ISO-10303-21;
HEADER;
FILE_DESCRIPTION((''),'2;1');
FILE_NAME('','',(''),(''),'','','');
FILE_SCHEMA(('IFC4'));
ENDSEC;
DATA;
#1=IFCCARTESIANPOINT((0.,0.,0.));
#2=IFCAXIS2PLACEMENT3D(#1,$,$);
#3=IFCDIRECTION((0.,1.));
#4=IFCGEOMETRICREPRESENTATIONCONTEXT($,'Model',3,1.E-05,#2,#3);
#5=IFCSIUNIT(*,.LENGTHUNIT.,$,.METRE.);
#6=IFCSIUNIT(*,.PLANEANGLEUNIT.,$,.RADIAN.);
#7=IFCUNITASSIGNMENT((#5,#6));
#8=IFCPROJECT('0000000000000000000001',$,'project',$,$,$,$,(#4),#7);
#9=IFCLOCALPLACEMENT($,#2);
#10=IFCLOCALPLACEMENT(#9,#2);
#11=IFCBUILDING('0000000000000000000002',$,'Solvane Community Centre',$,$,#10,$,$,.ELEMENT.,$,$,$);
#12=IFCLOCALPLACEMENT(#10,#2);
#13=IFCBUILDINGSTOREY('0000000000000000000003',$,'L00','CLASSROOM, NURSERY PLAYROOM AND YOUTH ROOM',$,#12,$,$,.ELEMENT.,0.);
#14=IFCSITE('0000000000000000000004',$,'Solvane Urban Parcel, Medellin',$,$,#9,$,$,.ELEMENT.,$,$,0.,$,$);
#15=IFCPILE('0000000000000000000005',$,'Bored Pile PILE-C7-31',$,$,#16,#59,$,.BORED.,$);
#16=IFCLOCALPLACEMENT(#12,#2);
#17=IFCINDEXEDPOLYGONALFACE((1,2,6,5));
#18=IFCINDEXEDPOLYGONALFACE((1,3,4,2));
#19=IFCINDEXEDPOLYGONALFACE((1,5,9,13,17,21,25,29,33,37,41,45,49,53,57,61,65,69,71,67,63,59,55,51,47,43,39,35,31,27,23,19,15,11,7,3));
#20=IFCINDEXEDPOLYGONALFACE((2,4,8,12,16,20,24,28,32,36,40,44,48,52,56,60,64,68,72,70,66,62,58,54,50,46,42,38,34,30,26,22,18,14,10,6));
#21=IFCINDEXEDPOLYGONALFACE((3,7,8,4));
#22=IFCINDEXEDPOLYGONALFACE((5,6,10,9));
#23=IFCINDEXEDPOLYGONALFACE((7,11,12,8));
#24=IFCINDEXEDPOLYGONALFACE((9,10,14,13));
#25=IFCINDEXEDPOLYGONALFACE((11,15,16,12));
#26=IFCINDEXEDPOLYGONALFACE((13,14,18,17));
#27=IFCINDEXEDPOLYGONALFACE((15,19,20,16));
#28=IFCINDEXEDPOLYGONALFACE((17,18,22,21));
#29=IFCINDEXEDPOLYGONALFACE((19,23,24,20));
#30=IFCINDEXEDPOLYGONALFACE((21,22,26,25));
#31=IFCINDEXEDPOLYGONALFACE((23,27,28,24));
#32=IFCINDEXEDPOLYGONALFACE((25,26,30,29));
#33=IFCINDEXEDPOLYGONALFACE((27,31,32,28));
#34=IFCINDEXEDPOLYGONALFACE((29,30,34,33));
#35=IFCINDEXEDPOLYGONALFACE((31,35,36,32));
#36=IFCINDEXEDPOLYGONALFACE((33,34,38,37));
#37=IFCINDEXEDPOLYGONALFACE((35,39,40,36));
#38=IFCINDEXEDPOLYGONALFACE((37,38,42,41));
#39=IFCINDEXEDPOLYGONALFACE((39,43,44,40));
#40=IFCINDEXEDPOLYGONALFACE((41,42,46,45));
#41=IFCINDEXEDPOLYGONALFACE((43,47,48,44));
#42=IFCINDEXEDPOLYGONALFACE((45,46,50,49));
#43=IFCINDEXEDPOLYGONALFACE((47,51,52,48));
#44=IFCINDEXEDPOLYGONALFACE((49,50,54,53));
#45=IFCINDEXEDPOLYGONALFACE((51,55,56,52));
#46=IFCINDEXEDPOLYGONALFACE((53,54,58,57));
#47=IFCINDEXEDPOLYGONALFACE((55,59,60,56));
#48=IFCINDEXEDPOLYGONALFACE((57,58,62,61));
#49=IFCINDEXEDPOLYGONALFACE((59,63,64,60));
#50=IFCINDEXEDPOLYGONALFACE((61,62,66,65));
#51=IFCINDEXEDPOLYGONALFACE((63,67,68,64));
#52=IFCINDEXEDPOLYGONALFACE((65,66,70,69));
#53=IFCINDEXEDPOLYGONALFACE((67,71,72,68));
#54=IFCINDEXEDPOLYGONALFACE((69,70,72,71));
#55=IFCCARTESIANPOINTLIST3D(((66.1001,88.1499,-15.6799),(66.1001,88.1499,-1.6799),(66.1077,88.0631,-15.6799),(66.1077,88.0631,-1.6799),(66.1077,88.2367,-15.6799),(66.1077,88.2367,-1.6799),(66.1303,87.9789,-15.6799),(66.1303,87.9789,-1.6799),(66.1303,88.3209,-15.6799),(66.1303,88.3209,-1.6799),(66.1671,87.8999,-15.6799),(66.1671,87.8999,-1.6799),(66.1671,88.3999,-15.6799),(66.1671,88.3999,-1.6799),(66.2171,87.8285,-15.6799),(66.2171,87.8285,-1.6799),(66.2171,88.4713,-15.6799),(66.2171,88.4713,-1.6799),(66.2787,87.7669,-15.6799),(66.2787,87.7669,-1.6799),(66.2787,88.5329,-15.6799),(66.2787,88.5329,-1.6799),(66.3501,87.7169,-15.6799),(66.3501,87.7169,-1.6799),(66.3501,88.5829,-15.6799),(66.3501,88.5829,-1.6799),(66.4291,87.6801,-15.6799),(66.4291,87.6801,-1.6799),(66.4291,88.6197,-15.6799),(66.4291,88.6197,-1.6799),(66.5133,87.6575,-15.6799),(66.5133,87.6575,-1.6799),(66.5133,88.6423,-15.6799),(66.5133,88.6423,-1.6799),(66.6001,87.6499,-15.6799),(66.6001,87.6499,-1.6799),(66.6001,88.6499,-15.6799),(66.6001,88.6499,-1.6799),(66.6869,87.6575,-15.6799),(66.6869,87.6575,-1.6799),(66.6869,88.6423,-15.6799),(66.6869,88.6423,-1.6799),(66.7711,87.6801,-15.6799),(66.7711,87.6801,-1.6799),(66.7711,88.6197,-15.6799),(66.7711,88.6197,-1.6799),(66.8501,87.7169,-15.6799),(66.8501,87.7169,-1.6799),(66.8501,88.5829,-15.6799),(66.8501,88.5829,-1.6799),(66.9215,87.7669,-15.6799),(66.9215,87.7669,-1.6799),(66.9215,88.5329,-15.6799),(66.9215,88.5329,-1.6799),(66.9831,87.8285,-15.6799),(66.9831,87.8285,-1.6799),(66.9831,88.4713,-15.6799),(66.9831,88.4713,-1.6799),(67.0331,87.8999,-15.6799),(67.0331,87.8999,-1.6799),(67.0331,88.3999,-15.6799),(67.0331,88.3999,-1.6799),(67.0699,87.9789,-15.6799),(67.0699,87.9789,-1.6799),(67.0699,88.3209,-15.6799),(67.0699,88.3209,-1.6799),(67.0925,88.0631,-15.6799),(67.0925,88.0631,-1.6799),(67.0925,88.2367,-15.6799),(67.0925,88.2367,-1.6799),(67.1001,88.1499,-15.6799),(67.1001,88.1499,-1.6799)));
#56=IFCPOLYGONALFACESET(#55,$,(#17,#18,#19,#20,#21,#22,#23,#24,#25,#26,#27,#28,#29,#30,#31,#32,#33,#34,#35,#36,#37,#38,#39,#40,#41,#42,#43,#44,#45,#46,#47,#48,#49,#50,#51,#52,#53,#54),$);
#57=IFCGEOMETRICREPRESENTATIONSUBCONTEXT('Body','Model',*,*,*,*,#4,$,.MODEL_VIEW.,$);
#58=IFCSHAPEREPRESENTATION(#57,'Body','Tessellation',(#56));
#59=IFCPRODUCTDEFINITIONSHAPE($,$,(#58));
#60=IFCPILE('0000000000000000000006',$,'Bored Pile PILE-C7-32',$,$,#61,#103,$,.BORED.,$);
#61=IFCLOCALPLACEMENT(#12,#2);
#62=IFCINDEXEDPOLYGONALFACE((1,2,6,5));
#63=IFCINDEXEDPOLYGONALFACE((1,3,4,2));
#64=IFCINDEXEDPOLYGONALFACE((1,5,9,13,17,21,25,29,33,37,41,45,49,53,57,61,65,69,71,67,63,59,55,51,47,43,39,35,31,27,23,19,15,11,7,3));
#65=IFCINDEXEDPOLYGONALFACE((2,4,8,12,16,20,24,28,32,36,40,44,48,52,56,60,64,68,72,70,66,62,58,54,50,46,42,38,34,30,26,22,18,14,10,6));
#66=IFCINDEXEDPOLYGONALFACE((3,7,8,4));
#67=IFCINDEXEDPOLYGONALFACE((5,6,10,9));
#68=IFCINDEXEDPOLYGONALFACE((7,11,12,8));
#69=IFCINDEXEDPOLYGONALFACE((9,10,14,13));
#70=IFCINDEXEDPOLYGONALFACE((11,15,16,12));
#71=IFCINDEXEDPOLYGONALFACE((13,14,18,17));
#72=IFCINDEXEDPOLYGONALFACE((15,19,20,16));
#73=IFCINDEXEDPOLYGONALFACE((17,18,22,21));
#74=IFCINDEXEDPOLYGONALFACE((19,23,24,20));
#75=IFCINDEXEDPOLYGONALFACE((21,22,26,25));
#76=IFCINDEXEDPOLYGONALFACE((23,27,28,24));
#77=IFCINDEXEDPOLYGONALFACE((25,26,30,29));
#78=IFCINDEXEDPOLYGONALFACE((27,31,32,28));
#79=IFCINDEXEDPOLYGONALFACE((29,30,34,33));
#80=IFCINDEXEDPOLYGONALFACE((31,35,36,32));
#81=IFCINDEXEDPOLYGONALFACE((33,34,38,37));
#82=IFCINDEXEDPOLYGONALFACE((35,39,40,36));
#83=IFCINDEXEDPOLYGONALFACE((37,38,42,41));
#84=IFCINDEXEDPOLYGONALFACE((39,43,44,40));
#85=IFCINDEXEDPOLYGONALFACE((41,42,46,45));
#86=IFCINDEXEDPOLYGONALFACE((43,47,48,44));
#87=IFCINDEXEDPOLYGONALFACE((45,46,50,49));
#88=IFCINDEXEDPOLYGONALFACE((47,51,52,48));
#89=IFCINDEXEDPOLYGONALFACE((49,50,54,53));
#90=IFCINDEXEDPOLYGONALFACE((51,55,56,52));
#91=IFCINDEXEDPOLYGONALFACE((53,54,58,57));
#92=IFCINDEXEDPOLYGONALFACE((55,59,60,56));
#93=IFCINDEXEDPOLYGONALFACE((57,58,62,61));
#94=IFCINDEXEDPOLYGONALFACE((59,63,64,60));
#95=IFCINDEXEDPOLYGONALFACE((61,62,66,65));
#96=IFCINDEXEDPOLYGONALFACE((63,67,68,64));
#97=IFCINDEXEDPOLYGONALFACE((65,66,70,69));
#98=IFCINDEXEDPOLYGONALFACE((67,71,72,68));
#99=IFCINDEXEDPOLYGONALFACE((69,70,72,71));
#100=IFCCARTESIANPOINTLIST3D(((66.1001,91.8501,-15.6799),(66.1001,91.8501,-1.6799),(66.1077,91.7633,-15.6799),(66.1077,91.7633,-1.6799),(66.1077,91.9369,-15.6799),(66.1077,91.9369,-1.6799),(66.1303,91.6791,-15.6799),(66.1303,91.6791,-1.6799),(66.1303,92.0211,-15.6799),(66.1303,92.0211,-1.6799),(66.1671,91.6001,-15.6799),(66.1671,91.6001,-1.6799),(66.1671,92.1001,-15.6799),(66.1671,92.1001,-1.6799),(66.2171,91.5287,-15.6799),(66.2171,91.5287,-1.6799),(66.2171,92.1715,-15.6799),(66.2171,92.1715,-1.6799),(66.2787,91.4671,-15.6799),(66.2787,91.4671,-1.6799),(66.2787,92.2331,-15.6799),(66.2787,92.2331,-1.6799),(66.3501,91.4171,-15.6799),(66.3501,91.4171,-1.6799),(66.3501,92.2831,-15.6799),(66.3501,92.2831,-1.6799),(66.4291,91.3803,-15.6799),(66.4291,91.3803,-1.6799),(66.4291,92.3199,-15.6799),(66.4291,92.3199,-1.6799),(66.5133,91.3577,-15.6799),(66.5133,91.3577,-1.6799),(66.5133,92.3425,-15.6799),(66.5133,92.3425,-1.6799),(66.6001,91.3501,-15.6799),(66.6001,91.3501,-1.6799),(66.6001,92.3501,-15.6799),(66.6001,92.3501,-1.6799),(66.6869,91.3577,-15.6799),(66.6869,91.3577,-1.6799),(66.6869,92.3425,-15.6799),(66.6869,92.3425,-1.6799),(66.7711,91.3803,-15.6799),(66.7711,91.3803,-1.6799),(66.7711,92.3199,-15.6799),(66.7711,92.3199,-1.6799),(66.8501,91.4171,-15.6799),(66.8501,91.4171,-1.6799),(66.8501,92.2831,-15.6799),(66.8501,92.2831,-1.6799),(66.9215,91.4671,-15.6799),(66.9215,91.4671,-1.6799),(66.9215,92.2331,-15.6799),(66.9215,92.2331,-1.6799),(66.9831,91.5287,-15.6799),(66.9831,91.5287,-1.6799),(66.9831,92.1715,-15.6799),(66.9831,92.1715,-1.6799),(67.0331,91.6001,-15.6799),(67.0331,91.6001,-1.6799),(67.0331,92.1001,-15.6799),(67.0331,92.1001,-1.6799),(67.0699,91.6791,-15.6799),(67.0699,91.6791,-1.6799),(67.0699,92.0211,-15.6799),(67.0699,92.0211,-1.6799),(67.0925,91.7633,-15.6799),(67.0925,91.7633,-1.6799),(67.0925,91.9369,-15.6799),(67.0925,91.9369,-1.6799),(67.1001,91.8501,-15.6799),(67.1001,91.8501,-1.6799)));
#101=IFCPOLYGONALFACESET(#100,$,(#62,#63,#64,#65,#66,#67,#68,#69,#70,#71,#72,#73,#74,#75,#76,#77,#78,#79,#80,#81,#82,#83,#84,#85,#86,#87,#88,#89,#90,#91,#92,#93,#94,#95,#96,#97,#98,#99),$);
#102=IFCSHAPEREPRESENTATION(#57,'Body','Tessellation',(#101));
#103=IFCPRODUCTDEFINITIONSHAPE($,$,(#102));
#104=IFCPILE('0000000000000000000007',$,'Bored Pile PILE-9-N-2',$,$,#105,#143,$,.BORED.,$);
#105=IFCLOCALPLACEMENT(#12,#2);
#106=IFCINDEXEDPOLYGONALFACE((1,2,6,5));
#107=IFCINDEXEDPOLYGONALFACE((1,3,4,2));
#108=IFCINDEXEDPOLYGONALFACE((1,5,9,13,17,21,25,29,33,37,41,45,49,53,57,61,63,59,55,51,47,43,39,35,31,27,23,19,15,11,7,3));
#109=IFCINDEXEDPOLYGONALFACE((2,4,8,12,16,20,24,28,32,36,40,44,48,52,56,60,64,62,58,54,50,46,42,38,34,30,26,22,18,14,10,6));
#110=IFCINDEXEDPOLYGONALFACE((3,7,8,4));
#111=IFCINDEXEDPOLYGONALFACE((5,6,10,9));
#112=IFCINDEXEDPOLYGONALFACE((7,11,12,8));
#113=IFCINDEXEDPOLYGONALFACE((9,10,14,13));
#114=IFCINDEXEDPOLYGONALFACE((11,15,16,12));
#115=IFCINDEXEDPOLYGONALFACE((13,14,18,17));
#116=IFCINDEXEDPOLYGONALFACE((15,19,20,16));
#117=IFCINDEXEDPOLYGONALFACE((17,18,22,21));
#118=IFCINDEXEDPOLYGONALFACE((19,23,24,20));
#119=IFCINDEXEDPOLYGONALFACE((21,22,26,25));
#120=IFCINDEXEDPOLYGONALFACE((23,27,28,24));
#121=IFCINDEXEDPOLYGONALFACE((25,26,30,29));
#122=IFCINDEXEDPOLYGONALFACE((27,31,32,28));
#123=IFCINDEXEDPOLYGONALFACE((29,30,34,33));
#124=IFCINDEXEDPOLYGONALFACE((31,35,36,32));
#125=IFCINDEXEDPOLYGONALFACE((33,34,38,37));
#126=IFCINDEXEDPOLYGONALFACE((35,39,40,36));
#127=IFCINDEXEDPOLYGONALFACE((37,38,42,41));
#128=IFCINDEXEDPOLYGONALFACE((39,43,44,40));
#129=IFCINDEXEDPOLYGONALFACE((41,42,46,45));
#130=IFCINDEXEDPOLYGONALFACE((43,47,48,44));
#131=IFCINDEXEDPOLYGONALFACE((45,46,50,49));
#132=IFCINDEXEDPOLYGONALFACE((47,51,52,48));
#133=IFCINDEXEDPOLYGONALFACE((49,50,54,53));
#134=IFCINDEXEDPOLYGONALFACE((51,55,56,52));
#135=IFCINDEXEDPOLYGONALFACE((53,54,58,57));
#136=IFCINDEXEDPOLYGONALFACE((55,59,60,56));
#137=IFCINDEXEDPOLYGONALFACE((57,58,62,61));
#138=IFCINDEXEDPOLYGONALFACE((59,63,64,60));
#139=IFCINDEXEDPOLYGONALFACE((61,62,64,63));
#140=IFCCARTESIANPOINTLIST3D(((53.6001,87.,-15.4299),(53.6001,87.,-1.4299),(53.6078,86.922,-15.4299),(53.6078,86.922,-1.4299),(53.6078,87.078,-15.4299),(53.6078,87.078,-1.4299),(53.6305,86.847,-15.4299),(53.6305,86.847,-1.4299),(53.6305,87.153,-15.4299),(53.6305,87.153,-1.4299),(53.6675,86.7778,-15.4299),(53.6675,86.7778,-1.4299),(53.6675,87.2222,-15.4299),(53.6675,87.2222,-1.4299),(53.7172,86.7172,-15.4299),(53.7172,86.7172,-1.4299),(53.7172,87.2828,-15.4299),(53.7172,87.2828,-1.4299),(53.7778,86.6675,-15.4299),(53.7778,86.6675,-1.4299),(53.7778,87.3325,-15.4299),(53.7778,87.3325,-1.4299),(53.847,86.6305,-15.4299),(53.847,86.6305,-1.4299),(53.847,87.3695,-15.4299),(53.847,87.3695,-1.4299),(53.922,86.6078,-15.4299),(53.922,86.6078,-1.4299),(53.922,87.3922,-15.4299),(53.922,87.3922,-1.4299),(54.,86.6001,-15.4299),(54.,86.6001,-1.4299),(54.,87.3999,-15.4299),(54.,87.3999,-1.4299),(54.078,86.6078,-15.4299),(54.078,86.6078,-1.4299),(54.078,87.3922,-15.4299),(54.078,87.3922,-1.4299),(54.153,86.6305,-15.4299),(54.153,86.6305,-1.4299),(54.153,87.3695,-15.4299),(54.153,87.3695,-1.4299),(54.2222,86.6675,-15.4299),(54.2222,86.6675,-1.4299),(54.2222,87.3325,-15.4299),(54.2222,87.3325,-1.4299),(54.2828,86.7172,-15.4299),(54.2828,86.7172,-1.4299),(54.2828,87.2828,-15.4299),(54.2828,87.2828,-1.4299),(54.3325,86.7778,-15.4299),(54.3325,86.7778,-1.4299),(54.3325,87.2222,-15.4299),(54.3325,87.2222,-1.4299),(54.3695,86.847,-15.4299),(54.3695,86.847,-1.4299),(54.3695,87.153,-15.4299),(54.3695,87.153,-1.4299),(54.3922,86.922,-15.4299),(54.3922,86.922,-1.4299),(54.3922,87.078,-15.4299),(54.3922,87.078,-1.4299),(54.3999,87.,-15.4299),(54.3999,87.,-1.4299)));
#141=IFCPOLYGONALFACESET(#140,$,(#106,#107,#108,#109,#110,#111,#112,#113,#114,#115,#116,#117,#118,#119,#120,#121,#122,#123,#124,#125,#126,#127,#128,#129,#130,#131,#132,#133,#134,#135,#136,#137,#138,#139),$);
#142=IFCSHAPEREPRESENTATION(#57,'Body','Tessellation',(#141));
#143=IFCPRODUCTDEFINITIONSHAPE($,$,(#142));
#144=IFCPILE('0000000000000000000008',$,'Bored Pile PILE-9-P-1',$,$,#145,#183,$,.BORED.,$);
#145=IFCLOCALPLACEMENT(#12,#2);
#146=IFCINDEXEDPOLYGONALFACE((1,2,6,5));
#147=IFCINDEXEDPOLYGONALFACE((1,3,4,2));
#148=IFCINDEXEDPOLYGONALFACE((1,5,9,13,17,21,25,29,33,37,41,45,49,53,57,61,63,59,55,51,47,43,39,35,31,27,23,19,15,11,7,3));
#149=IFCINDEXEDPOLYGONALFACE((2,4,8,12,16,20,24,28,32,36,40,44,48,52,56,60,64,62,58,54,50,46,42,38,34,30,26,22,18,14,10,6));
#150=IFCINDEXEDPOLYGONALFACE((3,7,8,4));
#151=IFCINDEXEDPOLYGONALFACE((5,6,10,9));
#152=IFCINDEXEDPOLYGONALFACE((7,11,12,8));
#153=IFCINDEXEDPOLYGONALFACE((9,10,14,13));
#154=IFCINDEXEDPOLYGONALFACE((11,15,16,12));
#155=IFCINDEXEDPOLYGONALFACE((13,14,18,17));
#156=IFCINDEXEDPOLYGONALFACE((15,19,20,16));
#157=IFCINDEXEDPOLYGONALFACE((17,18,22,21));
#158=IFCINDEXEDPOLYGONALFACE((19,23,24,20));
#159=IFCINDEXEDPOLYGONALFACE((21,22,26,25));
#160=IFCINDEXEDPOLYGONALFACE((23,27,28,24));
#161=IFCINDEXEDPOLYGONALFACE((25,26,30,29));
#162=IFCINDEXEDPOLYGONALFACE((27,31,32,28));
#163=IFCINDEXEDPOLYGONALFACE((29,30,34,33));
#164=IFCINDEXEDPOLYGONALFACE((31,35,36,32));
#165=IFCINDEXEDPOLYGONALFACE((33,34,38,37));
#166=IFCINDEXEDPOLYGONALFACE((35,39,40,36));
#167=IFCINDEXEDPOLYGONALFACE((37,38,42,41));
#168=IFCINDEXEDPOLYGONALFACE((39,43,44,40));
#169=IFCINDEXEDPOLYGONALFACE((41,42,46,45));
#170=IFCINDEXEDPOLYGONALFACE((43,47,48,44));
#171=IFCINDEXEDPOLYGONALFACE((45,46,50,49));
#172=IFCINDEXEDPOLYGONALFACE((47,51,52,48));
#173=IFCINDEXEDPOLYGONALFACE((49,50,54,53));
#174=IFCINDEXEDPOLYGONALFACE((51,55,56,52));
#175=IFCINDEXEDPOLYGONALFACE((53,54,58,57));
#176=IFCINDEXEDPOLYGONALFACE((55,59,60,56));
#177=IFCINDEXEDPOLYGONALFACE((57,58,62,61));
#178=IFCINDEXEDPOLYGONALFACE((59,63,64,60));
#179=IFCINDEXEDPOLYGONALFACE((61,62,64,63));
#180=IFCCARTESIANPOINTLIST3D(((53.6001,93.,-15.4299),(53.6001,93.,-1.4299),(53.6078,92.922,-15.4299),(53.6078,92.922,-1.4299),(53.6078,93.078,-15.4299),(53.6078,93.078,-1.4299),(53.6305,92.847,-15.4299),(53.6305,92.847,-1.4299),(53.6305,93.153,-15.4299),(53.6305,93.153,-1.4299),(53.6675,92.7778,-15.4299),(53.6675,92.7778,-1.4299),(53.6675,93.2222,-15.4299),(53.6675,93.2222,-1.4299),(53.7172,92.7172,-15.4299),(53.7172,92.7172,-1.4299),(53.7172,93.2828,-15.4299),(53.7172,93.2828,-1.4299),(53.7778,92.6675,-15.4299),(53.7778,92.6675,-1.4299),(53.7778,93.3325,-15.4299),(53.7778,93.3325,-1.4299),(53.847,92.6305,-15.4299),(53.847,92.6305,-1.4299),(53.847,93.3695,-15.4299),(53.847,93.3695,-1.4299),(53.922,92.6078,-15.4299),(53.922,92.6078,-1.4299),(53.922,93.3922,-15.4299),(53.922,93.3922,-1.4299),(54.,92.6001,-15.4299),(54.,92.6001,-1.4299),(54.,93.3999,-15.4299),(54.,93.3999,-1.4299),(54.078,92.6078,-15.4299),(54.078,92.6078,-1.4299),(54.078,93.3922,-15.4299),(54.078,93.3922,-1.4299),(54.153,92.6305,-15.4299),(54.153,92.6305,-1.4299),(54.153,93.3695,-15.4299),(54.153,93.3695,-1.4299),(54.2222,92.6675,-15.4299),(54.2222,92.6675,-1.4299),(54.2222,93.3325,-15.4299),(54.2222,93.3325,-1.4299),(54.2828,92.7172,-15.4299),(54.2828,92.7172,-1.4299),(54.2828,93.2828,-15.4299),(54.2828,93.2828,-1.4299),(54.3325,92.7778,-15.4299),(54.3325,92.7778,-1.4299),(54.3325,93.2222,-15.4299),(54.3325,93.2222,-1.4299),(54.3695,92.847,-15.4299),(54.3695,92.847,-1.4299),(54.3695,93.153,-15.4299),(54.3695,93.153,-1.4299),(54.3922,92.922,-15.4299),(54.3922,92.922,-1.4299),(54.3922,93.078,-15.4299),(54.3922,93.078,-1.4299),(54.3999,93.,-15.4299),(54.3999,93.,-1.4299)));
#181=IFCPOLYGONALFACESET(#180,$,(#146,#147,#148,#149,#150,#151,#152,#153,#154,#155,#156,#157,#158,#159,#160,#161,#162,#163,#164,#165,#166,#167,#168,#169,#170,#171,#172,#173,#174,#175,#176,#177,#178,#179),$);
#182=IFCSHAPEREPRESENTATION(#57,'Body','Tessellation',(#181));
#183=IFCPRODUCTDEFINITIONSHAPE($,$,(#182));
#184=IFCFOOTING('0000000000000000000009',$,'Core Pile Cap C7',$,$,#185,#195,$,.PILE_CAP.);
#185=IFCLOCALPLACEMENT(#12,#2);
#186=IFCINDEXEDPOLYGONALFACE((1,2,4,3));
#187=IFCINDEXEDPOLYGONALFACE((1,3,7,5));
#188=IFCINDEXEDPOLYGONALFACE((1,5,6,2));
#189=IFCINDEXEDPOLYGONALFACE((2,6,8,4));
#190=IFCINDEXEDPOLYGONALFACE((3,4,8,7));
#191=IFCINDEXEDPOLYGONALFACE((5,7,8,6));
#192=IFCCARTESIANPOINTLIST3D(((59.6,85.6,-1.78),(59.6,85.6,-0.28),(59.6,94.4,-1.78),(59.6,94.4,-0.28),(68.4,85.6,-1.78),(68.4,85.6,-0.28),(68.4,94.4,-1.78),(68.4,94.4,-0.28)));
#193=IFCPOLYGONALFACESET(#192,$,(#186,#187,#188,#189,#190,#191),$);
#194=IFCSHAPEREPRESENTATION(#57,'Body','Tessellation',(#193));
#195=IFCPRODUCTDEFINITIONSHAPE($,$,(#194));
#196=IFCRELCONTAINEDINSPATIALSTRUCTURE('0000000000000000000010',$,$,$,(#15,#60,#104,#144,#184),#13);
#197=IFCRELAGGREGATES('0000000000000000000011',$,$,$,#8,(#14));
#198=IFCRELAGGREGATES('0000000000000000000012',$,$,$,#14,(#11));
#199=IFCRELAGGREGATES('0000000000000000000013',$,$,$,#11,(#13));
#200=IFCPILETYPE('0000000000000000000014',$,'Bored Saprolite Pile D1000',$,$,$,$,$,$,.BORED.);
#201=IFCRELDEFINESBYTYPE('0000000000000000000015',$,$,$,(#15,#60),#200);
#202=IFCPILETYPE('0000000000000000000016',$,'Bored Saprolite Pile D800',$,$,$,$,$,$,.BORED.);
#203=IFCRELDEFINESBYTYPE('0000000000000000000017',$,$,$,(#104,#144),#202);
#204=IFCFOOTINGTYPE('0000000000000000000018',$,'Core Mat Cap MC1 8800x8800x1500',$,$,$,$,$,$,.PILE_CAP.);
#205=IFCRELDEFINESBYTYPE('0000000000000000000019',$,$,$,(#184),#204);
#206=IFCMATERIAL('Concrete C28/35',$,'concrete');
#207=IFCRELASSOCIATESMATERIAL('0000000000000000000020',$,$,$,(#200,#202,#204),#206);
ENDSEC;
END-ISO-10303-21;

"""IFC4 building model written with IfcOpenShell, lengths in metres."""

from ifc_helpers import new_model, si_unit, direction, frame, origin, origin_2d, place, context, subcontext, project, spatial, rectangle, circle, extrude, material, material_profile, profile_set, type_object, element, save


model = new_model("IFC4")

# Units and contexts
model_context = context("Model", 3, precision=1e-05, world=origin(), true_north=direction((0.0, 1.0)))
body_context = subcontext(model_context, "Body", "Model", "MODEL_VIEW")
ifc_project = project(units=[si_unit("LENGTHUNIT", "METRE"), si_unit("PLANEANGLEUNIT", "RADIAN")], contexts=[model_context])

# Site, building, storey
site_placement = place(None, origin())
site = spatial("IfcSite", under=ifc_project, at=site_placement, Name="Solvane Urban Parcel, Medellin", CompositionType="ELEMENT", RefElevation=0.0)
building_placement = place(site_placement, origin())
building = spatial("IfcBuilding", under=site, at=building_placement, Name="Solvane Community Centre", CompositionType="ELEMENT")
storey_placement = place(building_placement, origin())
storey = spatial("IfcBuildingStorey", under=building, at=storey_placement, Name="L00", Description="CLASSROOM, NURSERY PLAYROOM AND YOUTH ROOM", CompositionType="ELEMENT", Elevation=0.0)

# Piles
ifc_material_1 = material(Name="Concrete C28/35", Category="concrete")
ifc_material_profile_1 = material_profile(ifc_material_1, circle(Radius=0.5, at=origin_2d()), Name="PILE D1000")
ifc_profile_set_1 = profile_set([ifc_material_profile_1], Name="Concrete C28/35")
pile_type_1 = type_object("IfcPileType", Name="Bored Saprolite Pile D1000", PredefinedType="BORED", material=ifc_profile_set_1)
for number, where, z_axis, x_axis, name in (
    (1, (66.6001, 88.1499, -1.6799), (0.0, 0.0, -1.0), (1.0, 0.0, 0.0), "Bored Pile PILE-C7-31"),
    (2, (66.6001, 91.8501, -1.6799), (0.0, 0.0, -1.0), (1.0, 0.0, 0.0), "Bored Pile PILE-C7-32"),
):
    element("IfcPile", number, at=place(storey_placement, frame(where, z_axis=z_axis, x_axis=x_axis)), inside=storey, type_object=pile_type_1, Name=name, PredefinedType="BORED", context=body_context, shape_type="SweptSolid", body=[
        extrude(circle(Radius=0.5, at=origin_2d()), origin(), (0.0, 0.0, 1.0), 14.0),
    ])
ifc_material_profile_2 = material_profile(ifc_material_1, circle(Radius=0.3999, at=origin_2d()), Name="PILE D800")
ifc_profile_set_2 = profile_set([ifc_material_profile_2], Name="Concrete C28/35")
pile_type_2 = type_object("IfcPileType", Name="Bored Saprolite Pile D800", PredefinedType="BORED", material=ifc_profile_set_2)
for number, where, z_axis, x_axis, name in (
    (3, (54.0, 87.0, -1.4299), (0.0, 0.0, -1.0), (1.0, 0.0, 0.0), "Bored Pile PILE-9-N-2"),
    (4, (54.0, 93.0, -1.4299), (0.0, 0.0, -1.0), (1.0, 0.0, 0.0), "Bored Pile PILE-9-P-1"),
):
    element("IfcPile", number, at=place(storey_placement, frame(where, z_axis=z_axis, x_axis=x_axis)), inside=storey, type_object=pile_type_2, Name=name, PredefinedType="BORED", context=body_context, shape_type="SweptSolid", body=[
        extrude(circle(Radius=0.3999, at=origin_2d()), origin(), (0.0, 0.0, 1.0), 14.0),
    ])

# Footing
footing_type_1 = type_object("IfcFootingType", Name="Core Mat Cap MC1 8800x8800x1500", PredefinedType="PILE_CAP", material=ifc_material_1)
footing_1_placement = place(storey_placement, frame((64.0, 90.0, -1.78), z_axis=(0.0, 0.0, 1.0), x_axis=(1.0, 0.0, 0.0)))
element("IfcFooting", 5, at=footing_1_placement, inside=storey, type_object=footing_type_1, Name="Core Pile Cap C7", PredefinedType="PILE_CAP", context=body_context, shape_type="SweptSolid", body=[
    extrude(rectangle(XDim=8.8, YDim=8.8, at=origin_2d()), origin(), (0.0, 0.0, 1.0), 1.5),
])

save(model, "model.ifc")
